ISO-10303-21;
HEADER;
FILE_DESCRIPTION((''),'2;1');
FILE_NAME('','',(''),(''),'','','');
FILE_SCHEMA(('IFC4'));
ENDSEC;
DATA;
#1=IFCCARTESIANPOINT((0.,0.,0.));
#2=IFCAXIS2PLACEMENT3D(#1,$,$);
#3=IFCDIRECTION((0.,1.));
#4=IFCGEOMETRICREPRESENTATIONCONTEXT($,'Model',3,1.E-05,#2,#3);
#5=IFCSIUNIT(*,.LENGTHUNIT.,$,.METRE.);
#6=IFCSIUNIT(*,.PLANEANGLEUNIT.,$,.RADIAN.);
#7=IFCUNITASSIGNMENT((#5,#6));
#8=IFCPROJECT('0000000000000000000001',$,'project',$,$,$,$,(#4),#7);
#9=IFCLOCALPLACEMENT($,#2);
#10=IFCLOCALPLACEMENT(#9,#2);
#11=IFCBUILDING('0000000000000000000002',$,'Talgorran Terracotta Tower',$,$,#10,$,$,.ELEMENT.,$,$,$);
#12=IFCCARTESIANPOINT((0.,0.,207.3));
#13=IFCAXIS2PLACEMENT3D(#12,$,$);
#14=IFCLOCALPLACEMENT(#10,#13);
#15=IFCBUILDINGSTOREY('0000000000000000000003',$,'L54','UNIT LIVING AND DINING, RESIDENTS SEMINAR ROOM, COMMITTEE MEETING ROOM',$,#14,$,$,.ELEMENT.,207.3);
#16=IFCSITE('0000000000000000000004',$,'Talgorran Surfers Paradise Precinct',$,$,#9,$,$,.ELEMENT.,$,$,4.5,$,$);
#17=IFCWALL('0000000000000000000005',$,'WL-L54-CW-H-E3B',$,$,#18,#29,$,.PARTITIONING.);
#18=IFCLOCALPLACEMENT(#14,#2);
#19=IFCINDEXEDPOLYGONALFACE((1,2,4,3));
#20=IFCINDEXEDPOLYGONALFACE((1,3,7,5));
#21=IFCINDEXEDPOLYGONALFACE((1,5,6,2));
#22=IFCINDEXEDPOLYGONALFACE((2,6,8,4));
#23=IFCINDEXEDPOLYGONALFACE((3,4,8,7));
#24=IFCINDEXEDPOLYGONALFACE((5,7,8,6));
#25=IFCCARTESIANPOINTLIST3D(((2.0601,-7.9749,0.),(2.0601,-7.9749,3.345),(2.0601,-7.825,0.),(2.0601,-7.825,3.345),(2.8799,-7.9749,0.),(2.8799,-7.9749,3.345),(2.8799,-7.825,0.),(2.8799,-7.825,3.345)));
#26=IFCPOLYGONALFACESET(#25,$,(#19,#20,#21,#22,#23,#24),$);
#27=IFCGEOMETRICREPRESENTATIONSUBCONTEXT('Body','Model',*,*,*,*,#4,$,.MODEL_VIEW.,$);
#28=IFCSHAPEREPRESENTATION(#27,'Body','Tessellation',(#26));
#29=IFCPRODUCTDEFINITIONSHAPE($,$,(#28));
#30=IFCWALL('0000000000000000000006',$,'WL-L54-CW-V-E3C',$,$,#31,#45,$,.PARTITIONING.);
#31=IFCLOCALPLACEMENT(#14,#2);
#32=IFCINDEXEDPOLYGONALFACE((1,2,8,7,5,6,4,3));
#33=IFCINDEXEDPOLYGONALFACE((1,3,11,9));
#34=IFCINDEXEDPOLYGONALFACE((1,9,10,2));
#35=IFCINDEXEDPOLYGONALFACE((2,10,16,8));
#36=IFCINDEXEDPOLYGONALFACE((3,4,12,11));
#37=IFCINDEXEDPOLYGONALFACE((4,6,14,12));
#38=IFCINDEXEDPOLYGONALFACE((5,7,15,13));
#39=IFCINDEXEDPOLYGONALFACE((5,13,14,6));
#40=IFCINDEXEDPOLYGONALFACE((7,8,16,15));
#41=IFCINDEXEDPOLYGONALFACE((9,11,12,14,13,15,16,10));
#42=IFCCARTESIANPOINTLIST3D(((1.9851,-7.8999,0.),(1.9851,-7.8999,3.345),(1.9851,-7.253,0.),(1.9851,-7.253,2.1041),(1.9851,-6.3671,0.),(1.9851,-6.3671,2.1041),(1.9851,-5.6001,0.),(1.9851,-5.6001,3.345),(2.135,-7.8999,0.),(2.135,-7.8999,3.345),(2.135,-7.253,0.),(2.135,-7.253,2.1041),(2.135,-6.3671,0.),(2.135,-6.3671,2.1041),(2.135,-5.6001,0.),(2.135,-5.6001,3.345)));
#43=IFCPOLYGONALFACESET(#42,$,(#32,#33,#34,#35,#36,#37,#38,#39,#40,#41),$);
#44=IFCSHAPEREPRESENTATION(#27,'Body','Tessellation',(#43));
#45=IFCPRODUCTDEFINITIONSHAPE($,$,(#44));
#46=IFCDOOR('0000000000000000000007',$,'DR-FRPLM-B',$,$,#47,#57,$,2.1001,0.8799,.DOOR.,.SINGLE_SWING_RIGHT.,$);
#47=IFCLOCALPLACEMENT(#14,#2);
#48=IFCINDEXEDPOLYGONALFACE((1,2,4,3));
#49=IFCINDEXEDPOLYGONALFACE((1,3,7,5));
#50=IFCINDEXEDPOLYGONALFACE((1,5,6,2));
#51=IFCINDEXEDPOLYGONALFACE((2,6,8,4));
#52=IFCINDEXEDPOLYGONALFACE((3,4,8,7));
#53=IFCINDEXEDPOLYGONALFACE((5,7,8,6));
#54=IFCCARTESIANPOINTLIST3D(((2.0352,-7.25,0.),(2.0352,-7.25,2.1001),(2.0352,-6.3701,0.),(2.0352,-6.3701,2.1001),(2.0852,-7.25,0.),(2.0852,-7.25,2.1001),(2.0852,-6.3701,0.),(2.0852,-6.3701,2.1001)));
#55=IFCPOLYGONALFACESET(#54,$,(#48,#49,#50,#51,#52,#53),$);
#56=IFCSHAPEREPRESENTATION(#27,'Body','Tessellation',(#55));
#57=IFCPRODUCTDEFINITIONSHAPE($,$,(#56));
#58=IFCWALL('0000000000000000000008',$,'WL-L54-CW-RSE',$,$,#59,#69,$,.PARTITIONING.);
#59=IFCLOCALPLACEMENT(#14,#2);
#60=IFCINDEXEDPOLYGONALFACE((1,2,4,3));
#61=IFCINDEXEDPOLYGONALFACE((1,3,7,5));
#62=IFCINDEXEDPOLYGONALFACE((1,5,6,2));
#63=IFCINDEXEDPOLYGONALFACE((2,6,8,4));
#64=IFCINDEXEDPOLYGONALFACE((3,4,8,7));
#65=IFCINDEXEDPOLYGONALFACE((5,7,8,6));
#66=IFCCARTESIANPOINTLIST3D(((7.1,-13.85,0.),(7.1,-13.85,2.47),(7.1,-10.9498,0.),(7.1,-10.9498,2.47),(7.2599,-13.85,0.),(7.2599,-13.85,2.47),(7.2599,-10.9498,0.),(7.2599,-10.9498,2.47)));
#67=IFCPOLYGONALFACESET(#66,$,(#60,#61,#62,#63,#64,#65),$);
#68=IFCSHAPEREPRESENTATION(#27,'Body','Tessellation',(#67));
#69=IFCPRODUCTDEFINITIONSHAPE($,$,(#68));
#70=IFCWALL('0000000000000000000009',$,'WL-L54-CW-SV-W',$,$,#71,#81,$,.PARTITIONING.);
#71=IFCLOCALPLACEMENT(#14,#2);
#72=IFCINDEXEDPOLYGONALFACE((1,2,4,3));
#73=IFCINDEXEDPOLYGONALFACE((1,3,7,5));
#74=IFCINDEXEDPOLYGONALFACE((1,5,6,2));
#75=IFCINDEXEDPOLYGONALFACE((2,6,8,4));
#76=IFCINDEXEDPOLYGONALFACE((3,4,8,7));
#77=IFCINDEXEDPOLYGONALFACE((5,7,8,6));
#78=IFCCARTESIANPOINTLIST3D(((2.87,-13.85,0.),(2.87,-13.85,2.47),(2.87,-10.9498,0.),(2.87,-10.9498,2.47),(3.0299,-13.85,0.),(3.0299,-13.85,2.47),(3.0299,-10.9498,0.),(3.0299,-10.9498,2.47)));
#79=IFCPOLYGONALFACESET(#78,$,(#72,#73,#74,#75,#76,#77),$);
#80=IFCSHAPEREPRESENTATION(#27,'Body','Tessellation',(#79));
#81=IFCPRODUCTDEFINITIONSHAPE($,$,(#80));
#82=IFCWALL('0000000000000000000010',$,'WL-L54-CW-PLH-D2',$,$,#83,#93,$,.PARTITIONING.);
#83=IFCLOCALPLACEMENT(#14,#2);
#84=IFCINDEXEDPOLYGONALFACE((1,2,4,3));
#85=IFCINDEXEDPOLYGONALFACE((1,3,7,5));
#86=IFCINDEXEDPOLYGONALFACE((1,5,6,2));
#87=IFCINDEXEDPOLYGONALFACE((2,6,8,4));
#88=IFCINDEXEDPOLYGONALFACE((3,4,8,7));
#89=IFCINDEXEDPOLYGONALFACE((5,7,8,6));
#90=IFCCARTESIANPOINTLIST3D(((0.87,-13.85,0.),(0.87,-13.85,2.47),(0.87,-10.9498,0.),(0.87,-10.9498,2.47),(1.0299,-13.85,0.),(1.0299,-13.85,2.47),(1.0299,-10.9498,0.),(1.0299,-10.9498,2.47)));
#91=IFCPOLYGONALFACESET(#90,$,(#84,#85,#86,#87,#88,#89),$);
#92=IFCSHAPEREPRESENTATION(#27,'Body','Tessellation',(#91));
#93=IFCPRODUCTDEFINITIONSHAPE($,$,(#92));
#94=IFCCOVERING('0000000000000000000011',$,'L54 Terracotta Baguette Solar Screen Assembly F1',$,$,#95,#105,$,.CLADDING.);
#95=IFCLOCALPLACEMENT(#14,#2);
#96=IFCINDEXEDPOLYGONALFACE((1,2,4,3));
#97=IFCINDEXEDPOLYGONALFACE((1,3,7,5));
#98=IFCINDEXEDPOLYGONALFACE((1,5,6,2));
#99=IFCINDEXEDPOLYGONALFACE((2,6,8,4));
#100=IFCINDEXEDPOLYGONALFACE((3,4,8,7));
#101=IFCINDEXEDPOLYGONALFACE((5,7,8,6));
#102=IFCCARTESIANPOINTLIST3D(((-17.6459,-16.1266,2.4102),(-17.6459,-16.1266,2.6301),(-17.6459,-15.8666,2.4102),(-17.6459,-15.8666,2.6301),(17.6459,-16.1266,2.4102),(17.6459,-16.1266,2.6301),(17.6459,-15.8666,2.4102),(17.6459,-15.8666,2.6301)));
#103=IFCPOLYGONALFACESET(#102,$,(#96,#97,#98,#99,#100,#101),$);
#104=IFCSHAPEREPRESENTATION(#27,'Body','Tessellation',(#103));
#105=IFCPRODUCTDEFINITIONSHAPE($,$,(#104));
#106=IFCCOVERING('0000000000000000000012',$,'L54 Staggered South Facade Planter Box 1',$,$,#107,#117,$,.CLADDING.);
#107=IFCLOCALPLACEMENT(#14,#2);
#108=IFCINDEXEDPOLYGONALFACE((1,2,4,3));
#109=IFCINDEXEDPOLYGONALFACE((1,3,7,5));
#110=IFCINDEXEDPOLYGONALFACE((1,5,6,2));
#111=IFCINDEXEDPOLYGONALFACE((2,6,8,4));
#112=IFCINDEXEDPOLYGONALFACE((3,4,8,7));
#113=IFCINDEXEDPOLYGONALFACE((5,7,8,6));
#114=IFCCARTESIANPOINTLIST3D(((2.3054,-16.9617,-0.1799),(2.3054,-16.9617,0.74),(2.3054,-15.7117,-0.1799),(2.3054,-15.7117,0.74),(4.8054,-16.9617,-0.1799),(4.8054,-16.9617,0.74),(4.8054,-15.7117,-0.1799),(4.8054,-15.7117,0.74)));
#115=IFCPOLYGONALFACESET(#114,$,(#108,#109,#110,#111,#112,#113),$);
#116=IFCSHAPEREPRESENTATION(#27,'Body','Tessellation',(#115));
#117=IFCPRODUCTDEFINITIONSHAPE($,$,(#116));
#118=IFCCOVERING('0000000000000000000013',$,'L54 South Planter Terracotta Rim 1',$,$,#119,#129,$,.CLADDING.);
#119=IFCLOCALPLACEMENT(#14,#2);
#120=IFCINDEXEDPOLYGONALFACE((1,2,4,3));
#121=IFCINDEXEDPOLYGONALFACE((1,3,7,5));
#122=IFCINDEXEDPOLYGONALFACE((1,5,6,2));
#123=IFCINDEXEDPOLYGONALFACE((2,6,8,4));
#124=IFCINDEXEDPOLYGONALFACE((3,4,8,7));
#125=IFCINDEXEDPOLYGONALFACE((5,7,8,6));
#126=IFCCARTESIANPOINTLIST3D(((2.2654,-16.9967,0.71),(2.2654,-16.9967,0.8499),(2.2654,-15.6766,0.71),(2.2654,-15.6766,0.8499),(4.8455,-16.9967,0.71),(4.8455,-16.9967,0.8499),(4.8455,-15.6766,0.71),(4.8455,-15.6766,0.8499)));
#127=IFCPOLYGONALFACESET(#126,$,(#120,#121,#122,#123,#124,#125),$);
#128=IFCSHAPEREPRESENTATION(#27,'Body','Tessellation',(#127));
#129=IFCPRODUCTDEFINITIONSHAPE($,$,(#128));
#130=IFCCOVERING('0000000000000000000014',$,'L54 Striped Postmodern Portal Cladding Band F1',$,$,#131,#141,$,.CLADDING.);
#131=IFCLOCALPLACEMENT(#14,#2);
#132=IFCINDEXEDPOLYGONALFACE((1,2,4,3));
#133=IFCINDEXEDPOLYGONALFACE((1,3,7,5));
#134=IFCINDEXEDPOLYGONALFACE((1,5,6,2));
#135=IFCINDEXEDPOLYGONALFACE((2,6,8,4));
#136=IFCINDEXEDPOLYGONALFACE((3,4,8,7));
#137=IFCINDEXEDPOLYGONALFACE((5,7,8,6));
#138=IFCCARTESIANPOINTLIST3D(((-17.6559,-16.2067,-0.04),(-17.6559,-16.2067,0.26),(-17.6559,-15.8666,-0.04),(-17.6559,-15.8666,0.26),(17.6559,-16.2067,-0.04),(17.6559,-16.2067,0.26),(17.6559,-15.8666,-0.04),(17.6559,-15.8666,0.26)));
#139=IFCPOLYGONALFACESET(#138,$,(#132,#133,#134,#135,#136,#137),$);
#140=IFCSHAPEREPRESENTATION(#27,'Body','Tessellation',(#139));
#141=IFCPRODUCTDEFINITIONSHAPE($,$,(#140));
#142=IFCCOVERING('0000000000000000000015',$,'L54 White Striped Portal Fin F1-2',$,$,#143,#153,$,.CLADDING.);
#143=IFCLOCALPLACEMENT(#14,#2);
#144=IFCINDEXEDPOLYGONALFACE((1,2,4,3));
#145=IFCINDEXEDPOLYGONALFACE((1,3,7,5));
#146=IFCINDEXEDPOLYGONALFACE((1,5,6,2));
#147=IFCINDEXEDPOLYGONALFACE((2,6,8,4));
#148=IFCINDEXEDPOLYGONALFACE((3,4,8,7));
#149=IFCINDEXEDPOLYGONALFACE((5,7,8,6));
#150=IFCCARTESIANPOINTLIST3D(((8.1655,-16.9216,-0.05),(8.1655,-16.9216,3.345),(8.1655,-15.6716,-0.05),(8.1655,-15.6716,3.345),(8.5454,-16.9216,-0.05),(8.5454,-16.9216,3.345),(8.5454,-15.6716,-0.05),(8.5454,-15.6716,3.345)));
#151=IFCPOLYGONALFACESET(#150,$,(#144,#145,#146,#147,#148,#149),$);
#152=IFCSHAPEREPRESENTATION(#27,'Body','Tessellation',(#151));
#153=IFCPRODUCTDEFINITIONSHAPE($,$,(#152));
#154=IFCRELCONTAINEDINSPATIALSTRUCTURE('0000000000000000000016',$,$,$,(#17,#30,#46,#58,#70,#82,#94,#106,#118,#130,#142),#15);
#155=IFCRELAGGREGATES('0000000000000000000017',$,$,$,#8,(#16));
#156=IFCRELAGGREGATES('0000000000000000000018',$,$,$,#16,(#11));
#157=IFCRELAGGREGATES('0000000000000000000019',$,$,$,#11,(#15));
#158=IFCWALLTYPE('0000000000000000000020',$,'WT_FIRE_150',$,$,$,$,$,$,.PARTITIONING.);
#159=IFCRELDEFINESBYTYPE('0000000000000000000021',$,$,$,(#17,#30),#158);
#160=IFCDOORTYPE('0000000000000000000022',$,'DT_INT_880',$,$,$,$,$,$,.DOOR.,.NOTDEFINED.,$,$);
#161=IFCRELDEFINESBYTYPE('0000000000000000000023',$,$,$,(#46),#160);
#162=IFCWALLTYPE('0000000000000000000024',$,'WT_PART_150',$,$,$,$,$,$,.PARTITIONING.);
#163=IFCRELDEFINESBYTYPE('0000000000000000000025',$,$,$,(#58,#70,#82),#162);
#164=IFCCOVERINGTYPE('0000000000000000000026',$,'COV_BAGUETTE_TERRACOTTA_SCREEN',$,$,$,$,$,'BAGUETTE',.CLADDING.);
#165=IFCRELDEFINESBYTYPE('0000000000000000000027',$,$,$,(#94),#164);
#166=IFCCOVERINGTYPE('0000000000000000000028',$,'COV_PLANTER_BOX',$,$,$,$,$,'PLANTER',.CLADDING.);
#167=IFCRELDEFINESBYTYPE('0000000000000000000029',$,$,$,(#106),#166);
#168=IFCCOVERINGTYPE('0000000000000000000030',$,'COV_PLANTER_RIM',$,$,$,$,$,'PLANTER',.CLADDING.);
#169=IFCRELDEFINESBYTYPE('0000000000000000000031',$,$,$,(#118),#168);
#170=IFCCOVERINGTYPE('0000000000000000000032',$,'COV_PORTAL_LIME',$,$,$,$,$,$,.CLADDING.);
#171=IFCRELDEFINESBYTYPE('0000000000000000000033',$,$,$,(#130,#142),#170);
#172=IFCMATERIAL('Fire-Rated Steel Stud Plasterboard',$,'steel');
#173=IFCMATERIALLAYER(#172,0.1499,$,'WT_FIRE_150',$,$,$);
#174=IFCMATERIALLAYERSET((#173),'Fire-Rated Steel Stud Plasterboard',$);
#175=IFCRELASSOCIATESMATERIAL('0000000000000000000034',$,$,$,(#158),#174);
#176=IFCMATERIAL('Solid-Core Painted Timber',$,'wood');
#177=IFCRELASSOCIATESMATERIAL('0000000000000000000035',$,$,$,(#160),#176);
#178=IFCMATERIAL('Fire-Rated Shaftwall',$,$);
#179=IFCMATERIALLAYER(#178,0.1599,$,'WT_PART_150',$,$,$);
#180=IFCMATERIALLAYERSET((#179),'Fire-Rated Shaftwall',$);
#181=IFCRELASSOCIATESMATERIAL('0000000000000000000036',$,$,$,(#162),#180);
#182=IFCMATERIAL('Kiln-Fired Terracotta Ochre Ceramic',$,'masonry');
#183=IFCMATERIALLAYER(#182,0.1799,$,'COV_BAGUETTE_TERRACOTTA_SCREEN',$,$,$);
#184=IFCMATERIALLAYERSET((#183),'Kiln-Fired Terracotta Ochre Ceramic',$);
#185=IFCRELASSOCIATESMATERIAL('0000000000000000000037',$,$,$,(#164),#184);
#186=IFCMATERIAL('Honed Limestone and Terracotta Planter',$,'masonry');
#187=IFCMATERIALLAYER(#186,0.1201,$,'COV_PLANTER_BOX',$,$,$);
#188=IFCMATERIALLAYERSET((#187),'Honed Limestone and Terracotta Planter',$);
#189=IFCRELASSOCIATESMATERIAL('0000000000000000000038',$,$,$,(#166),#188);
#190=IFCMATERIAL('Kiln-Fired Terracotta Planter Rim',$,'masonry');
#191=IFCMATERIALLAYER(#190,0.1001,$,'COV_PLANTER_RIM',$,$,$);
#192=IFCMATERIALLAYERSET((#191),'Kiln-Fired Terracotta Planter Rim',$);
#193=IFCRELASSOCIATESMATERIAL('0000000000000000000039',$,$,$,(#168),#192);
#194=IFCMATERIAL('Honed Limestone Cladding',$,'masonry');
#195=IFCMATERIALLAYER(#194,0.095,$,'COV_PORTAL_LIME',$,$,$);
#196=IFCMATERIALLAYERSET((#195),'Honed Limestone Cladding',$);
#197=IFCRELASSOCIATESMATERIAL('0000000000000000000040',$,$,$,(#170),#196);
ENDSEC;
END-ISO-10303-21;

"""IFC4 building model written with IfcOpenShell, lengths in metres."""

from ifc_helpers import new_model, si_unit, direction, frame, frame_2d, origin, origin_2d, place, context, subcontext, project, spatial, rectangle, extrude, material, layer, layer_set, type_object, element, fill, save


model = new_model("IFC4")

# Units and contexts
model_context = context("Model", 3, precision=1e-05, world=origin(), true_north=direction((0.0, 1.0)))
body_context = subcontext(model_context, "Body", "Model", "MODEL_VIEW")
ifc_project = project(units=[si_unit("LENGTHUNIT", "METRE"), si_unit("PLANEANGLEUNIT", "RADIAN")], contexts=[model_context])

# Site, building, storey
site_placement = place(None, origin())
site = spatial("IfcSite", under=ifc_project, at=site_placement, Name="Talgorran Surfers Paradise Precinct", CompositionType="ELEMENT", RefElevation=4.5)
building_placement = place(site_placement, origin())
building = spatial("IfcBuilding", under=site, at=building_placement, Name="Talgorran Terracotta Tower", CompositionType="ELEMENT")
storey_placement = place(building_placement, frame((0.0, 0.0, 207.3)))
storey = spatial("IfcBuildingStorey", under=building, at=storey_placement, Name="L54", Description="UNIT LIVING AND DINING, RESIDENTS SEMINAR ROOM, COMMITTEE MEETING ROOM", CompositionType="ELEMENT", Elevation=207.3)

# Wall
ifc_material_1 = material(Name="Fire-Rated Steel Stud Plasterboard", Category="steel")
ifc_layer_1 = layer(ifc_material_1, 0.1499, Name="WT_FIRE_150")
ifc_layer_set_1 = layer_set([ifc_layer_1], Name="Fire-Rated Steel Stud Plasterboard")
wall_type_1 = type_object("IfcWallType", Name="WT_FIRE_150", PredefinedType="PARTITIONING", material=ifc_layer_set_1)
wall_1_placement = place(storey_placement, frame((2.0601, -7.8999, 0.0), z_axis=(0.0, 0.0, 1.0), x_axis=(1.0, 0.0, 0.0)))
element("IfcWall", 1, at=wall_1_placement, inside=storey, type_object=wall_type_1, Name="WL-L54-CW-H-E3B", PredefinedType="PARTITIONING", context=body_context, shape_type="SweptSolid", body=[
    extrude(rectangle(XDim=0.8198, YDim=0.1499, at=frame_2d((0.4099, 0.0))), origin(), (0.0, 0.0, 1.0), 3.345),
])

# Wall, opening, door
wall_2_placement = place(storey_placement, frame((2.0601, -7.8999, 0.0), z_axis=(0.0, 0.0, 1.0), x_axis=(0.0, 1.0, 0.0)))
wall_2 = element("IfcWall", 2, at=wall_2_placement, inside=storey, type_object=wall_type_1, Name="WL-L54-CW-V-E3C", PredefinedType="PARTITIONING", context=body_context, shape_type="SweptSolid", body=[
    extrude(rectangle(XDim=2.2998, YDim=0.1499, at=frame_2d((1.1499, 0.0))), origin(), (0.0, 0.0, 1.0), 3.345),
])
opening_1_placement = place(wall_2_placement, frame((0.6499, 0.0, 0.0)))
opening_1 = element("IfcOpeningElement", 3, at=opening_1_placement, cuts=wall_2, PredefinedType="OPENING", context=body_context, shape_type="SweptSolid", body=[
    extrude(rectangle(XDim=0.8859, YDim=2.1041, at=frame_2d((0.4399, 1.052))), frame((0.0, 0.085, 0.0), z_axis=(0.0, -1.0, 0.0), x_axis=(1.0, 0.0, 0.0)), (0.0, 0.0, 1.0), 0.1699),
])
ifc_material_2 = material(Name="Solid-Core Painted Timber", Category="wood")
door_type_1 = type_object("IfcDoorType", Name="DT_INT_880", OperationType="NOTDEFINED", PredefinedType="DOOR", material=ifc_material_2)
door_1_placement = place(opening_1_placement, origin())
door_1 = element("IfcDoor", 4, at=door_1_placement, inside=storey, type_object=door_type_1, Name="DR-FRPLM-B", OperationType="SINGLE_SWING_RIGHT", OverallHeight=2.1001, OverallWidth=0.8799, PredefinedType="DOOR", context=body_context, shape_type="SweptSolid", body=[
    extrude(rectangle(XDim=0.8799, YDim=2.1001, at=frame_2d((0.4399, 1.05))), frame((0.0, 0.0249, 0.0), z_axis=(0.0, -1.0, 0.0), x_axis=(1.0, 0.0, 0.0)), (0.0, 0.0, 1.0), 0.05),
])
fill(opening_1, door_1)

# Walls
ifc_material_3 = material(Name="Fire-Rated Shaftwall")
ifc_layer_2 = layer(ifc_material_3, 0.1599, Name="WT_PART_150")
ifc_layer_set_2 = layer_set([ifc_layer_2], Name="Fire-Rated Shaftwall")
wall_type_2 = type_object("IfcWallType", Name="WT_PART_150", PredefinedType="PARTITIONING", material=ifc_layer_set_2)
for number, where, z_axis, x_axis, name in (
    (5, (7.1799, -13.8501, 0.0), (0.0, 0.0, 1.0), (0.0, 1.0, 0.0), "WL-L54-CW-RSE"),
    (6, (2.95, -13.8501, 0.0), (0.0, 0.0, 1.0), (0.0, 1.0, 0.0), "WL-L54-CW-SV-W"),
    (7, (0.95, -13.8501, 0.0), (0.0, 0.0, 1.0), (0.0, 1.0, 0.0), "WL-L54-CW-PLH-D2"),
):
    element("IfcWall", number, at=place(storey_placement, frame(where, z_axis=z_axis, x_axis=x_axis)), inside=storey, type_object=wall_type_2, Name=name, PredefinedType="PARTITIONING", context=body_context, shape_type="SweptSolid", body=[
        extrude(rectangle(XDim=2.9001, YDim=0.1599, at=frame_2d((1.4502, 0.0))), origin(), (0.0, 0.0, 1.0), 2.47),
    ])

# Coverings
ifc_material_4 = material(Name="Kiln-Fired Terracotta Ochre Ceramic", Category="masonry")
ifc_layer_3 = layer(ifc_material_4, 0.1799, Name="COV_BAGUETTE_TERRACOTTA_SCREEN")
ifc_layer_set_3 = layer_set([ifc_layer_3], Name="Kiln-Fired Terracotta Ochre Ceramic")
covering_type_1 = type_object("IfcCoveringType", Name="COV_BAGUETTE_TERRACOTTA_SCREEN", ElementType="BAGUETTE", PredefinedType="CLADDING", material=ifc_layer_set_3)
covering_1_placement = place(storey_placement, frame((0.0, -15.9966, 2.4102), z_axis=(0.0, 0.0, 1.0), x_axis=(1.0, 0.0, 0.0)))
element("IfcCovering", 8, at=covering_1_placement, inside=storey, type_object=covering_type_1, Name="L54 Terracotta Baguette Solar Screen Assembly F1", PredefinedType="CLADDING", context=body_context, shape_type="SweptSolid", body=[
    extrude(rectangle(XDim=35.2917, YDim=0.26, at=origin_2d()), origin(), (0.0, 0.0, 1.0), 0.22),
])
ifc_material_5 = material(Name="Honed Limestone and Terracotta Planter", Category="masonry")
ifc_layer_4 = layer(ifc_material_5, 0.1201, Name="COV_PLANTER_BOX")
ifc_layer_set_4 = layer_set([ifc_layer_4], Name="Honed Limestone and Terracotta Planter")
covering_type_2 = type_object("IfcCoveringType", Name="COV_PLANTER_BOX", ElementType="PLANTER", PredefinedType="CLADDING", material=ifc_layer_set_4)
covering_2_placement = place(storey_placement, frame((3.5554, -16.3367, -0.1799), z_axis=(0.0, 0.0, 1.0), x_axis=(1.0, 0.0, 0.0)))
element("IfcCovering", 9, at=covering_2_placement, inside=storey, type_object=covering_type_2, Name="L54 Staggered South Facade Planter Box 1", PredefinedType="CLADDING", context=body_context, shape_type="SweptSolid", body=[
    extrude(rectangle(XDim=2.5, YDim=1.25, at=origin_2d()), origin(), (0.0, 0.0, 1.0), 0.9199),
])
ifc_material_6 = material(Name="Kiln-Fired Terracotta Planter Rim", Category="masonry")
ifc_layer_5 = layer(ifc_material_6, 0.1001, Name="COV_PLANTER_RIM")
ifc_layer_set_5 = layer_set([ifc_layer_5], Name="Kiln-Fired Terracotta Planter Rim")
covering_type_3 = type_object("IfcCoveringType", Name="COV_PLANTER_RIM", ElementType="PLANTER", PredefinedType="CLADDING", material=ifc_layer_set_5)
covering_3_placement = place(storey_placement, frame((3.5554, -16.3367, 0.71), z_axis=(0.0, 0.0, 1.0), x_axis=(1.0, 0.0, 0.0)))
element("IfcCovering", 10, at=covering_3_placement, inside=storey, type_object=covering_type_3, Name="L54 South Planter Terracotta Rim 1", PredefinedType="CLADDING", context=body_context, shape_type="SweptSolid", body=[
    extrude(rectangle(XDim=2.5801, YDim=1.3201, at=origin_2d()), origin(), (0.0, 0.0, 1.0), 0.1399),
])
ifc_material_7 = material(Name="Honed Limestone Cladding", Category="masonry")
ifc_layer_6 = layer(ifc_material_7, 0.095, Name="COV_PORTAL_LIME")
ifc_layer_set_6 = layer_set([ifc_layer_6], Name="Honed Limestone Cladding")
covering_type_4 = type_object("IfcCoveringType", Name="COV_PORTAL_LIME", PredefinedType="CLADDING", material=ifc_layer_set_6)
covering_4_placement = place(storey_placement, frame((0.0, -16.0366, -0.04), z_axis=(0.0, 0.0, 1.0), x_axis=(1.0, 0.0, 0.0)))
element("IfcCovering", 11, at=covering_4_placement, inside=storey, type_object=covering_type_4, Name="L54 Striped Postmodern Portal Cladding Band F1", PredefinedType="CLADDING", context=body_context, shape_type="SweptSolid", body=[
    extrude(rectangle(XDim=35.3118, YDim=0.3401, at=origin_2d()), origin(), (0.0, 0.0, 1.0), 0.3),
])
covering_5_placement = place(storey_placement, frame((8.3555, -16.2966, -0.05), z_axis=(0.0, 0.0, 1.0), x_axis=(1.0, 0.0, 0.0)))
element("IfcCovering", 12, at=covering_5_placement, inside=storey, type_object=covering_type_4, Name="L54 White Striped Portal Fin F1-2", PredefinedType="CLADDING", context=body_context, shape_type="SweptSolid", body=[
    extrude(rectangle(XDim=0.3799, YDim=1.25, at=origin_2d()), origin(), (0.0, 0.0, 1.0), 3.395),
])

save(model, "model.ifc")
